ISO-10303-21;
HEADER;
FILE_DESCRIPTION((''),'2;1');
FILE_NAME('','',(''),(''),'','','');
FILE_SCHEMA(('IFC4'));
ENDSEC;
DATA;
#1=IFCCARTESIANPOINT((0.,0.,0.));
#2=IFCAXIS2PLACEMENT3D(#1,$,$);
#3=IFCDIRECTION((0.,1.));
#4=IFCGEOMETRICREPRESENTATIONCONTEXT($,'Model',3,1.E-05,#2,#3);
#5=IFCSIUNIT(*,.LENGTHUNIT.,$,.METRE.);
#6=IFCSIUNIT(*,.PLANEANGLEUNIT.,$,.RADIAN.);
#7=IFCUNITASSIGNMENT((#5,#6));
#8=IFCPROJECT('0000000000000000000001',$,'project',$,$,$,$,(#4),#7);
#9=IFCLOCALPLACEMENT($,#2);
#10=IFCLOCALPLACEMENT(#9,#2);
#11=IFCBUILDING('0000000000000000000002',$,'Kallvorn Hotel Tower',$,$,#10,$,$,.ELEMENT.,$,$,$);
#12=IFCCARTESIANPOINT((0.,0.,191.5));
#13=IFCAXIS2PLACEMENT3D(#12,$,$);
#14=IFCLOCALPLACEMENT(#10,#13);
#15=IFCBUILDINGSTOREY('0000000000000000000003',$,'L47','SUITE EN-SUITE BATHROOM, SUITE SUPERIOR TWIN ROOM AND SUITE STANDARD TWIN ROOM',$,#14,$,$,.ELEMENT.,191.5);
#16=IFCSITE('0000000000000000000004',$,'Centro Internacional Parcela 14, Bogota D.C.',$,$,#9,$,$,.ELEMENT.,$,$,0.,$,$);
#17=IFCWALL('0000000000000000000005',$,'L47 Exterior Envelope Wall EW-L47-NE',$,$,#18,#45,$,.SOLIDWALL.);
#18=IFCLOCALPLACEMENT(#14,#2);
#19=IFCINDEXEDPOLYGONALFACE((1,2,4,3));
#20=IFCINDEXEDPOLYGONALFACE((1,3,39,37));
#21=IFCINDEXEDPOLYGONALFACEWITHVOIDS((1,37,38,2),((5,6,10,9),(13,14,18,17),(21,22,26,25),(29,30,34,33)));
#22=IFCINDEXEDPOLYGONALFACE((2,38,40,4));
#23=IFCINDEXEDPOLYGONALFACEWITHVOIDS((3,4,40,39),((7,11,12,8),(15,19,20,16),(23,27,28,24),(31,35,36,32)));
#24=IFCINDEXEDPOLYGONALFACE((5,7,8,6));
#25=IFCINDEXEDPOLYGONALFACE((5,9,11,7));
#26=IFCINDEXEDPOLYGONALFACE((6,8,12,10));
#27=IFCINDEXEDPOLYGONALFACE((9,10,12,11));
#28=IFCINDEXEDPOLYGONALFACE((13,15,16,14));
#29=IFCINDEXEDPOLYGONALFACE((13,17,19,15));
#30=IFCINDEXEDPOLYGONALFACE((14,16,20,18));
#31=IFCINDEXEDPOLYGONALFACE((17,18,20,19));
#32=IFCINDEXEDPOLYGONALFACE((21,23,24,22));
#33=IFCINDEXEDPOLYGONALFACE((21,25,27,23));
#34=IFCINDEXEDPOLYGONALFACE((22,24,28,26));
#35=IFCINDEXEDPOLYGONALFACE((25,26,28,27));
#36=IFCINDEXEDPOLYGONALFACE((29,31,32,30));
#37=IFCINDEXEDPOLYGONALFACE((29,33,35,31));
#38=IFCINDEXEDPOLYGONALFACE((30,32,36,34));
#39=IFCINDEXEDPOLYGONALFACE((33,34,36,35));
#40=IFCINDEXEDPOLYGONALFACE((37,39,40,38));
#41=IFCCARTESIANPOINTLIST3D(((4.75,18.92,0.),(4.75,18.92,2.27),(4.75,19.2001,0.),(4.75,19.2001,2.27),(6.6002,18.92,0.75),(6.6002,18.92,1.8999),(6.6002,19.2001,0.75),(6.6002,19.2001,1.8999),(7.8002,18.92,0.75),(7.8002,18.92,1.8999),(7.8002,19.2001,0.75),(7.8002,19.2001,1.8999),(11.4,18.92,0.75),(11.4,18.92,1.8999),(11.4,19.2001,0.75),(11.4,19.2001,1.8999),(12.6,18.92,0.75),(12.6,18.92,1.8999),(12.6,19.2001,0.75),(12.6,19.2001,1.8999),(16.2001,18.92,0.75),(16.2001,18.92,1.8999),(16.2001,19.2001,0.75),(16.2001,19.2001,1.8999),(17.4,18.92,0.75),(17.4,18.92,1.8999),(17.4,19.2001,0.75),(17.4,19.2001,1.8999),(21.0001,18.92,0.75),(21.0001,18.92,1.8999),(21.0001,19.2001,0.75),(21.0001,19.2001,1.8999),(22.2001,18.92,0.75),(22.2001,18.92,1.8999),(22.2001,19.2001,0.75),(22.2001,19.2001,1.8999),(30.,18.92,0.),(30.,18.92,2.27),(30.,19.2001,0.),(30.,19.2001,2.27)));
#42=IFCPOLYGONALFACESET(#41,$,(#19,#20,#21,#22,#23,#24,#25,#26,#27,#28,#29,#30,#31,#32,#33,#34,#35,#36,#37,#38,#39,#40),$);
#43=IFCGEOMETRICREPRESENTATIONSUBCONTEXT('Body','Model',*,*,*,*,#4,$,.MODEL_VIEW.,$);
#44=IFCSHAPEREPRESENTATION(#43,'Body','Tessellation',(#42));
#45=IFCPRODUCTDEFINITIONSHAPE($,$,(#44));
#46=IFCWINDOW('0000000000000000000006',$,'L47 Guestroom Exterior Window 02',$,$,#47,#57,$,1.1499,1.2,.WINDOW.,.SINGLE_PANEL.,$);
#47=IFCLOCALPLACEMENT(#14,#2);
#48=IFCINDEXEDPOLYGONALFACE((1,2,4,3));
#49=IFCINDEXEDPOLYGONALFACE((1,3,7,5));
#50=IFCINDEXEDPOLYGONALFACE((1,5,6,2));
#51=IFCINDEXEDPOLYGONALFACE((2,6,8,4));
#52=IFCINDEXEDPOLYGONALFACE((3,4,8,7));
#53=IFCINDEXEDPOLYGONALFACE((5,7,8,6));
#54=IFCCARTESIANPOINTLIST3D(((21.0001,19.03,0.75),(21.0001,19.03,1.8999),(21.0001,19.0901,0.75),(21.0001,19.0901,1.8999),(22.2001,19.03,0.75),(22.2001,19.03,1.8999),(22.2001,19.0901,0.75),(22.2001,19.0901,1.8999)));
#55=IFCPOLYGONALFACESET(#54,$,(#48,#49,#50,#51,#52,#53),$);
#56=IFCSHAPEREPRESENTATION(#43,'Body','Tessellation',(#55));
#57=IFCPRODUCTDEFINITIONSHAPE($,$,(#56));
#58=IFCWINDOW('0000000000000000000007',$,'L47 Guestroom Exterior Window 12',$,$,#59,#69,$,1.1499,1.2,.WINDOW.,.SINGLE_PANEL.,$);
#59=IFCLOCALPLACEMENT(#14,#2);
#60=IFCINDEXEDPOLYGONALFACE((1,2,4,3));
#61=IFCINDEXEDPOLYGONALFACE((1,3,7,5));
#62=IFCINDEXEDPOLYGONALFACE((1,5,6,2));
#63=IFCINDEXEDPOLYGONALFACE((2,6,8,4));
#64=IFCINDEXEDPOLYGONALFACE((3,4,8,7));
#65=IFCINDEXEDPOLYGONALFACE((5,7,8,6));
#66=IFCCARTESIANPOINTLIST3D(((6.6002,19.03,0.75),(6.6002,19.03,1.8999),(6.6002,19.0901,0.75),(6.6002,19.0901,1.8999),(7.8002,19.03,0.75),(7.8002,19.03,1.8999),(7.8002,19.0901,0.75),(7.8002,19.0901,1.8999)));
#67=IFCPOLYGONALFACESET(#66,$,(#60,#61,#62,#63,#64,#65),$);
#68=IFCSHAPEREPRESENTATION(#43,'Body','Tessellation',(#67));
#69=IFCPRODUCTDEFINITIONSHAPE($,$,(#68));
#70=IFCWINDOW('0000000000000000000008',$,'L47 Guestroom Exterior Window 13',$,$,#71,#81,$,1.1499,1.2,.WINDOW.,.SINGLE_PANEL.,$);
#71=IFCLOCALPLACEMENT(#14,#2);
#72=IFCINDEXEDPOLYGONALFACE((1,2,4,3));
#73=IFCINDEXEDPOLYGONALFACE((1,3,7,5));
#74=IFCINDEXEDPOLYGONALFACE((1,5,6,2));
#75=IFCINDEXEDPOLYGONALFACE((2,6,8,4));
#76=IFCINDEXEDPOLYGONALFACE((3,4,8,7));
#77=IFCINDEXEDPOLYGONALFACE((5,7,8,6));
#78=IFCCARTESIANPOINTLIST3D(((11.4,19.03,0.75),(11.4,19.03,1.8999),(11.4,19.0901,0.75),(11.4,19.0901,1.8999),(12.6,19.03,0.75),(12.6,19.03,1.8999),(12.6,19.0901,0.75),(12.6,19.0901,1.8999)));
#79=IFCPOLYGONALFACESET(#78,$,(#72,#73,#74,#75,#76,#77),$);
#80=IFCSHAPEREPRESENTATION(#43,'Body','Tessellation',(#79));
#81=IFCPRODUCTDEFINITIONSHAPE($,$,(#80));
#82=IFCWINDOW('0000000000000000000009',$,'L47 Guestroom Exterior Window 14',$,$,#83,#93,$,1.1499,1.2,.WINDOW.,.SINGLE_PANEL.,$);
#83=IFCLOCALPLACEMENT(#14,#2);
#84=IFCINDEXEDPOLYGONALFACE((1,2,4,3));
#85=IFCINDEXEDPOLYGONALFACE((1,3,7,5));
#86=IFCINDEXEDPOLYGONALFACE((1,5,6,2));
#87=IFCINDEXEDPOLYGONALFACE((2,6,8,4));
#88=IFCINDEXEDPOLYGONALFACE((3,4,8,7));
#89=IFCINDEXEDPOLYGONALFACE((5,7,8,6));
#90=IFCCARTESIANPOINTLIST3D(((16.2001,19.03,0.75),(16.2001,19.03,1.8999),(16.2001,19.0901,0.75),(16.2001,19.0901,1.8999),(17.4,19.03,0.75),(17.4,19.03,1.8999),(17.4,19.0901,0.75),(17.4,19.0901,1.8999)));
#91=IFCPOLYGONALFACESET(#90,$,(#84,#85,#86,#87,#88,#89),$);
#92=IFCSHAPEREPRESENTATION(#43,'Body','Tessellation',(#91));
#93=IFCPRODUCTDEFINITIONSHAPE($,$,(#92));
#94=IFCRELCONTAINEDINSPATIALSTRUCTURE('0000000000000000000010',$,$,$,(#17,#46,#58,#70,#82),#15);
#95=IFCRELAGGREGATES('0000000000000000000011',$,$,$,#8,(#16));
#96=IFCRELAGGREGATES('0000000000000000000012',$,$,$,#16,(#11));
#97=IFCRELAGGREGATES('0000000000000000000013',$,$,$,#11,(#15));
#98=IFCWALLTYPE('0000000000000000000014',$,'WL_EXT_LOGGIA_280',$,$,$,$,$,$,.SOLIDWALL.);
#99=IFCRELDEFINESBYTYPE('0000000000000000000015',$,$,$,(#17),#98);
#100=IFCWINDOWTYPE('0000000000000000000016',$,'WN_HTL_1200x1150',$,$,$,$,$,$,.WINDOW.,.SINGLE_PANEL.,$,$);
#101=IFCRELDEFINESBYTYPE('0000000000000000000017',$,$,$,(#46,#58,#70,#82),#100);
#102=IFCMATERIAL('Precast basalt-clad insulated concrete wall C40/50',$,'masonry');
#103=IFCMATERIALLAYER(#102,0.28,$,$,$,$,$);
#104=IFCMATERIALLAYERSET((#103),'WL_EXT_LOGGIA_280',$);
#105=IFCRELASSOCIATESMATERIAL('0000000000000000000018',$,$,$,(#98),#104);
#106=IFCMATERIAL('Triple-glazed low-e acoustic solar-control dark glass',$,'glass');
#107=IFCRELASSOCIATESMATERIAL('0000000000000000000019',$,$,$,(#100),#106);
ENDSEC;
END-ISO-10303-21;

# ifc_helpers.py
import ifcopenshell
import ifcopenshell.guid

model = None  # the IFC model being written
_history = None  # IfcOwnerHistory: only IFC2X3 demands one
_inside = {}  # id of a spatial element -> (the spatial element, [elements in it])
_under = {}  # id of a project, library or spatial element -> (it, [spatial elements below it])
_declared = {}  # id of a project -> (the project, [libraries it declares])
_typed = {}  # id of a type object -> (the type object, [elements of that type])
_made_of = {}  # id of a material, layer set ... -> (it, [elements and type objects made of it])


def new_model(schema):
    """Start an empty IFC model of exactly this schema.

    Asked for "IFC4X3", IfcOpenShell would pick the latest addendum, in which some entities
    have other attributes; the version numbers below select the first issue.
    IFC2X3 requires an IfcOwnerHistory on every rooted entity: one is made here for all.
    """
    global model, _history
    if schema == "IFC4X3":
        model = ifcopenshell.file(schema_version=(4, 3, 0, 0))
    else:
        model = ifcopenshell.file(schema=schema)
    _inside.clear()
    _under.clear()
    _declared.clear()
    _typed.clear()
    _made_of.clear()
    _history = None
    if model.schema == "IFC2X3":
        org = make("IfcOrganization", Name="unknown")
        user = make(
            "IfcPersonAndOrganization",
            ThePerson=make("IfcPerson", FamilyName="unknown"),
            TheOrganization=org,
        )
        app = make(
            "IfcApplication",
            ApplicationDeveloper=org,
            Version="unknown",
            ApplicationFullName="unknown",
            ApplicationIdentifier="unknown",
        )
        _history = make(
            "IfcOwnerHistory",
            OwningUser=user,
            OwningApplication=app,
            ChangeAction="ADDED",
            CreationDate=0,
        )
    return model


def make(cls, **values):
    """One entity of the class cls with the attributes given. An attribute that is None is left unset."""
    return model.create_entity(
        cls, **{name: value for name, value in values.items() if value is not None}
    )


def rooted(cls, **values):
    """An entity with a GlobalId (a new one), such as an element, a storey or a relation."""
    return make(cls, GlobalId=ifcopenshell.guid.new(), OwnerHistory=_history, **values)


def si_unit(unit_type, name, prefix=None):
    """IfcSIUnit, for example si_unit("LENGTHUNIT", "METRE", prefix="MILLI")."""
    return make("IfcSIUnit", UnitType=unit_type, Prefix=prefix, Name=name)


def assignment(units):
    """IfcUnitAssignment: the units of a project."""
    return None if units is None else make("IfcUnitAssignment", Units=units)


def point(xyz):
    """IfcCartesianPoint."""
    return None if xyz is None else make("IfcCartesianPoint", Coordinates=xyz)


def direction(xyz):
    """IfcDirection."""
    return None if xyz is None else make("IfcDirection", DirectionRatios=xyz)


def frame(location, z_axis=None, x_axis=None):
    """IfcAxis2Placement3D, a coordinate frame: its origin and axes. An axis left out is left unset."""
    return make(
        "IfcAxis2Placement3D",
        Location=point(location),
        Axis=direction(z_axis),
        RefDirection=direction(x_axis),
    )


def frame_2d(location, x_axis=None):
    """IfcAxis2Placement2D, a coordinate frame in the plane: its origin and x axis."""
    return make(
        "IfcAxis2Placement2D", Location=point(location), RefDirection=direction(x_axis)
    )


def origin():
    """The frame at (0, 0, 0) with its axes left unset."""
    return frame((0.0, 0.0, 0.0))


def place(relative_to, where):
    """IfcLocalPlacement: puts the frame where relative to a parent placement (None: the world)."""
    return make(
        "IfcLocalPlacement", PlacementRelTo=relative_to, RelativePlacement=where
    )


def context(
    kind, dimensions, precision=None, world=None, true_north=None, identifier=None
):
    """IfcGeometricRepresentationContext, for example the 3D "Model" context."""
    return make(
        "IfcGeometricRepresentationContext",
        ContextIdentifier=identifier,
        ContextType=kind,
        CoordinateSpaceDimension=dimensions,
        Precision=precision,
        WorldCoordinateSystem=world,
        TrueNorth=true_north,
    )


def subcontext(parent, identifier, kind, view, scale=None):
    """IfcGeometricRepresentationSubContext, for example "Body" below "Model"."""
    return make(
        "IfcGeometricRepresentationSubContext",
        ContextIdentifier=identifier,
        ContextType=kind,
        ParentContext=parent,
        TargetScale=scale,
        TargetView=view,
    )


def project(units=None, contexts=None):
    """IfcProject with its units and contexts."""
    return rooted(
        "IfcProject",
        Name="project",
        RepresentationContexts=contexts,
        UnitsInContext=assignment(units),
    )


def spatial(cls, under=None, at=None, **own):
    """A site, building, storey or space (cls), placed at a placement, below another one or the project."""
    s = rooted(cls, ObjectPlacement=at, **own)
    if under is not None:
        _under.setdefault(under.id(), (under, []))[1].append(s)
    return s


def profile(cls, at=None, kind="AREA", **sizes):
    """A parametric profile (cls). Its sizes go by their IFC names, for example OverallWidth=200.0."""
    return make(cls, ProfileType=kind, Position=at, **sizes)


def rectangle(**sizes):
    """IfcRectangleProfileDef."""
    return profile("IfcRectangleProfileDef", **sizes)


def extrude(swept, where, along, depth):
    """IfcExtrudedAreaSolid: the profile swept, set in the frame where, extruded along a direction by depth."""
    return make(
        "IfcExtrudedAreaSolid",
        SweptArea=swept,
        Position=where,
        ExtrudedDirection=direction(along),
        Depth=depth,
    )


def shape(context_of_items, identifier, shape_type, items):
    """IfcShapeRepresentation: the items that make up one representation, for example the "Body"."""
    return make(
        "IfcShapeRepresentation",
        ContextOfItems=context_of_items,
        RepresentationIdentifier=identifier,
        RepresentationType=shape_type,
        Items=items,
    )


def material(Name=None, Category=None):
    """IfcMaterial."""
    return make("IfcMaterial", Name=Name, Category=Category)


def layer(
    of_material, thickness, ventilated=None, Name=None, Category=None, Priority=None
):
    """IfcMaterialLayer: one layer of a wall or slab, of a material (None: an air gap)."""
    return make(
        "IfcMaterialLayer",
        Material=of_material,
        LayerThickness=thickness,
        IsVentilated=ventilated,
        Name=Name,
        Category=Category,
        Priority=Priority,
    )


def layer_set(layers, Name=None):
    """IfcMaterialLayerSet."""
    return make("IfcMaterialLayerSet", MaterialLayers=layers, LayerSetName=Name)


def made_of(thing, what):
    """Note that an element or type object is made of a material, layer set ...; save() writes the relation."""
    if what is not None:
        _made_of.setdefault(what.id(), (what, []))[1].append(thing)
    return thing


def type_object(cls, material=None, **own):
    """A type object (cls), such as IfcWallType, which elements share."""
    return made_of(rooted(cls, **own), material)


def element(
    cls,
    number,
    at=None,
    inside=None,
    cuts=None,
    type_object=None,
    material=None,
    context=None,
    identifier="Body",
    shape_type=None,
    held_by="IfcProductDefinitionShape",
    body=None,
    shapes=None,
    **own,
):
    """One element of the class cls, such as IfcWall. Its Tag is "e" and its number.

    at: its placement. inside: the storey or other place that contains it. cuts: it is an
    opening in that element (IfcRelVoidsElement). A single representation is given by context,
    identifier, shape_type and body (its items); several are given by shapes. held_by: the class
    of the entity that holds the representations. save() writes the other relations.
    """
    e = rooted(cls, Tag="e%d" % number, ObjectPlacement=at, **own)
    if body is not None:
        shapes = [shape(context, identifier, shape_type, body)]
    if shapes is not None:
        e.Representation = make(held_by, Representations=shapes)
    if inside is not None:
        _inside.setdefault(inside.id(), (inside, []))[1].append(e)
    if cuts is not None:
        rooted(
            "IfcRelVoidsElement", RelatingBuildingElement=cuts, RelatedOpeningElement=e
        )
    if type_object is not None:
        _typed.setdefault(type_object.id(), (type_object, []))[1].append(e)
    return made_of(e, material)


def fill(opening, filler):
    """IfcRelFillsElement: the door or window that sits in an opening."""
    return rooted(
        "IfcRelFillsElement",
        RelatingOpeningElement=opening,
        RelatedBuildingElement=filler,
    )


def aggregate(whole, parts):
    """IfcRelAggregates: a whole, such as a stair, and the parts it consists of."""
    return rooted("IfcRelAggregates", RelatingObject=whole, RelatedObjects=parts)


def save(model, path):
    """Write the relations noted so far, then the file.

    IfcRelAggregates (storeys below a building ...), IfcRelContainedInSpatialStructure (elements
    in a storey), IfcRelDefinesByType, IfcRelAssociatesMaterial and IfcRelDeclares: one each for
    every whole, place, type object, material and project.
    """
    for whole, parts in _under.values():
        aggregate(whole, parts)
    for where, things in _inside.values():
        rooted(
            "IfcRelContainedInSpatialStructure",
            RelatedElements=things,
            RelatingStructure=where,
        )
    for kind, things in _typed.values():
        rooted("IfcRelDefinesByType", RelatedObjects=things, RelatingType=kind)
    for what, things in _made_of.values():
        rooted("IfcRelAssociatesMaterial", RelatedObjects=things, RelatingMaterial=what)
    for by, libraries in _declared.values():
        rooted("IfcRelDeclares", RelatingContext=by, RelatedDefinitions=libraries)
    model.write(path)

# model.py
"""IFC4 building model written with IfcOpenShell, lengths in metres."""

from ifc_helpers import new_model, si_unit, direction, frame, frame_2d, origin, place, context, subcontext, project, spatial, rectangle, extrude, material, layer, layer_set, type_object, element, fill, save


model = new_model("IFC4")

# Units and contexts
model_context = context("Model", 3, precision=1e-05, world=origin(), true_north=direction((0.0, 1.0)))
body_context = subcontext(model_context, "Body", "Model", "MODEL_VIEW")
ifc_project = project(units=[si_unit("LENGTHUNIT", "METRE"), si_unit("PLANEANGLEUNIT", "RADIAN")], contexts=[model_context])

# Site, building, storey
site_placement = place(None, origin())
site = spatial("IfcSite", under=ifc_project, at=site_placement, Name="Centro Internacional Parcela 14, Bogota D.C.", CompositionType="ELEMENT", RefElevation=0.0)
building_placement = place(site_placement, origin())
building = spatial("IfcBuilding", under=site, at=building_placement, Name="Kallvorn Hotel Tower", CompositionType="ELEMENT")
storey_placement = place(building_placement, frame((0.0, 0.0, 191.5)))
storey = spatial("IfcBuildingStorey", under=building, at=storey_placement, Name="L47", Description="SUITE EN-SUITE BATHROOM, SUITE SUPERIOR TWIN ROOM AND SUITE STANDARD TWIN ROOM", CompositionType="ELEMENT", Elevation=191.5)

# Wall, openings, windows
ifc_material_1 = material(Name="Precast basalt-clad insulated concrete wall C40/50", Category="masonry")
ifc_layer_1 = layer(ifc_material_1, 0.28)
ifc_layer_set_1 = layer_set([ifc_layer_1], Name="WL_EXT_LOGGIA_280")
wall_type_1 = type_object("IfcWallType", Name="WL_EXT_LOGGIA_280", PredefinedType="SOLIDWALL", material=ifc_layer_set_1)
wall_1_placement = place(storey_placement, frame((4.75, 19.0601, 0.0), z_axis=(0.0, 0.0, 1.0), x_axis=(1.0, 0.0, 0.0)))
wall_1 = element("IfcWall", 1, at=wall_1_placement, inside=storey, type_object=wall_type_1, Name="L47 Exterior Envelope Wall EW-L47-NE", PredefinedType="SOLIDWALL", context=body_context, shape_type="SweptSolid", body=[
    extrude(rectangle(XDim=25.25, YDim=0.28, at=frame_2d((12.625, 0.0))), origin(), (0.0, 0.0, 1.0), 2.27),
])
opening_1_placement = place(wall_1_placement, frame((16.25, 0.0, 0.75)))
opening_1 = element("IfcOpeningElement", 2, at=opening_1_placement, cuts=wall_1, PredefinedType="OPENING", context=body_context, shape_type="SweptSolid", body=[
    extrude(rectangle(XDim=1.2, YDim=1.1499, at=frame_2d((0.6001, 0.575))), frame((0.0, 0.155, 0.0), z_axis=(0.0, -1.0, 0.0), x_axis=(1.0, 0.0, 0.0)), (0.0, 0.0, 1.0), 0.3101),
])
opening_2_placement = place(wall_1_placement, frame((1.8501, 0.0, 0.75)))
opening_2 = element("IfcOpeningElement", 3, at=opening_2_placement, cuts=wall_1, PredefinedType="OPENING", context=body_context, shape_type="SweptSolid", body=[
    extrude(rectangle(XDim=1.2, YDim=1.1499, at=frame_2d((0.6001, 0.575))), frame((0.0, 0.155, 0.0), z_axis=(0.0, -1.0, 0.0), x_axis=(1.0, 0.0, 0.0)), (0.0, 0.0, 1.0), 0.3101),
])
opening_3_placement = place(wall_1_placement, frame((6.6499, 0.0, 0.75)))
opening_3 = element("IfcOpeningElement", 4, at=opening_3_placement, cuts=wall_1, PredefinedType="OPENING", context=body_context, shape_type="SweptSolid", body=[
    extrude(rectangle(XDim=1.2, YDim=1.1499, at=frame_2d((0.6001, 0.575))), frame((0.0, 0.155, 0.0), z_axis=(0.0, -1.0, 0.0), x_axis=(1.0, 0.0, 0.0)), (0.0, 0.0, 1.0), 0.3101),
])
opening_4_placement = place(wall_1_placement, frame((11.45, 0.0, 0.75)))
opening_4 = element("IfcOpeningElement", 5, at=opening_4_placement, cuts=wall_1, PredefinedType="OPENING", context=body_context, shape_type="SweptSolid", body=[
    extrude(rectangle(XDim=1.2, YDim=1.1499, at=frame_2d((0.6001, 0.575))), frame((0.0, 0.155, 0.0), z_axis=(0.0, -1.0, 0.0), x_axis=(1.0, 0.0, 0.0)), (0.0, 0.0, 1.0), 0.3101),
])
ifc_material_2 = material(Name="Triple-glazed low-e acoustic solar-control dark glass", Category="glass")
window_type = type_object("IfcWindowType", Name="WN_HTL_1200x1150", PartitioningType="SINGLE_PANEL", PredefinedType="WINDOW", material=ifc_material_2)
window_1_placement = place(opening_1_placement, origin())
window_1 = element("IfcWindow", 6, at=window_1_placement, inside=storey, type_object=window_type, Name="L47 Guestroom Exterior Window 02", OverallHeight=1.1499, OverallWidth=1.2, PartitioningType="SINGLE_PANEL", PredefinedType="WINDOW", context=body_context, shape_type="SweptSolid", body=[
    extrude(rectangle(XDim=1.2, YDim=1.1499, at=frame_2d((0.6001, 0.575))), frame((0.0, 0.03, 0.0), z_axis=(0.0, -1.0, 0.0), x_axis=(1.0, 0.0, 0.0)), (0.0, 0.0, 1.0), 0.0601),
])
fill(opening_1, window_1)
window_2_placement = place(opening_2_placement, origin())
window_2 = element("IfcWindow", 7, at=window_2_placement, inside=storey, type_object=window_type, Name="L47 Guestroom Exterior Window 12", OverallHeight=1.1499, OverallWidth=1.2, PartitioningType="SINGLE_PANEL", PredefinedType="WINDOW", context=body_context, shape_type="SweptSolid", body=[
    extrude(rectangle(XDim=1.2, YDim=1.1499, at=frame_2d((0.6001, 0.575))), frame((0.0, 0.03, 0.0), z_axis=(0.0, -1.0, 0.0), x_axis=(1.0, 0.0, 0.0)), (0.0, 0.0, 1.0), 0.0601),
])
fill(opening_2, window_2)
window_3_placement = place(opening_3_placement, origin())
window_3 = element("IfcWindow", 8, at=window_3_placement, inside=storey, type_object=window_type, Name="L47 Guestroom Exterior Window 13", OverallHeight=1.1499, OverallWidth=1.2, PartitioningType="SINGLE_PANEL", PredefinedType="WINDOW", context=body_context, shape_type="SweptSolid", body=[
    extrude(rectangle(XDim=1.2, YDim=1.1499, at=frame_2d((0.6001, 0.575))), frame((0.0, 0.03, 0.0), z_axis=(0.0, -1.0, 0.0), x_axis=(1.0, 0.0, 0.0)), (0.0, 0.0, 1.0), 0.0601),
])
fill(opening_3, window_3)
window_4_placement = place(opening_4_placement, origin())
window_4 = element("IfcWindow", 9, at=window_4_placement, inside=storey, type_object=window_type, Name="L47 Guestroom Exterior Window 14", OverallHeight=1.1499, OverallWidth=1.2, PartitioningType="SINGLE_PANEL", PredefinedType="WINDOW", context=body_context, shape_type="SweptSolid", body=[
    extrude(rectangle(XDim=1.2, YDim=1.1499, at=frame_2d((0.6001, 0.575))), frame((0.0, 0.03, 0.0), z_axis=(0.0, -1.0, 0.0), x_axis=(1.0, 0.0, 0.0)), (0.0, 0.0, 1.0), 0.0601),
])
fill(opening_4, window_4)

save(model, "model.ifc")
